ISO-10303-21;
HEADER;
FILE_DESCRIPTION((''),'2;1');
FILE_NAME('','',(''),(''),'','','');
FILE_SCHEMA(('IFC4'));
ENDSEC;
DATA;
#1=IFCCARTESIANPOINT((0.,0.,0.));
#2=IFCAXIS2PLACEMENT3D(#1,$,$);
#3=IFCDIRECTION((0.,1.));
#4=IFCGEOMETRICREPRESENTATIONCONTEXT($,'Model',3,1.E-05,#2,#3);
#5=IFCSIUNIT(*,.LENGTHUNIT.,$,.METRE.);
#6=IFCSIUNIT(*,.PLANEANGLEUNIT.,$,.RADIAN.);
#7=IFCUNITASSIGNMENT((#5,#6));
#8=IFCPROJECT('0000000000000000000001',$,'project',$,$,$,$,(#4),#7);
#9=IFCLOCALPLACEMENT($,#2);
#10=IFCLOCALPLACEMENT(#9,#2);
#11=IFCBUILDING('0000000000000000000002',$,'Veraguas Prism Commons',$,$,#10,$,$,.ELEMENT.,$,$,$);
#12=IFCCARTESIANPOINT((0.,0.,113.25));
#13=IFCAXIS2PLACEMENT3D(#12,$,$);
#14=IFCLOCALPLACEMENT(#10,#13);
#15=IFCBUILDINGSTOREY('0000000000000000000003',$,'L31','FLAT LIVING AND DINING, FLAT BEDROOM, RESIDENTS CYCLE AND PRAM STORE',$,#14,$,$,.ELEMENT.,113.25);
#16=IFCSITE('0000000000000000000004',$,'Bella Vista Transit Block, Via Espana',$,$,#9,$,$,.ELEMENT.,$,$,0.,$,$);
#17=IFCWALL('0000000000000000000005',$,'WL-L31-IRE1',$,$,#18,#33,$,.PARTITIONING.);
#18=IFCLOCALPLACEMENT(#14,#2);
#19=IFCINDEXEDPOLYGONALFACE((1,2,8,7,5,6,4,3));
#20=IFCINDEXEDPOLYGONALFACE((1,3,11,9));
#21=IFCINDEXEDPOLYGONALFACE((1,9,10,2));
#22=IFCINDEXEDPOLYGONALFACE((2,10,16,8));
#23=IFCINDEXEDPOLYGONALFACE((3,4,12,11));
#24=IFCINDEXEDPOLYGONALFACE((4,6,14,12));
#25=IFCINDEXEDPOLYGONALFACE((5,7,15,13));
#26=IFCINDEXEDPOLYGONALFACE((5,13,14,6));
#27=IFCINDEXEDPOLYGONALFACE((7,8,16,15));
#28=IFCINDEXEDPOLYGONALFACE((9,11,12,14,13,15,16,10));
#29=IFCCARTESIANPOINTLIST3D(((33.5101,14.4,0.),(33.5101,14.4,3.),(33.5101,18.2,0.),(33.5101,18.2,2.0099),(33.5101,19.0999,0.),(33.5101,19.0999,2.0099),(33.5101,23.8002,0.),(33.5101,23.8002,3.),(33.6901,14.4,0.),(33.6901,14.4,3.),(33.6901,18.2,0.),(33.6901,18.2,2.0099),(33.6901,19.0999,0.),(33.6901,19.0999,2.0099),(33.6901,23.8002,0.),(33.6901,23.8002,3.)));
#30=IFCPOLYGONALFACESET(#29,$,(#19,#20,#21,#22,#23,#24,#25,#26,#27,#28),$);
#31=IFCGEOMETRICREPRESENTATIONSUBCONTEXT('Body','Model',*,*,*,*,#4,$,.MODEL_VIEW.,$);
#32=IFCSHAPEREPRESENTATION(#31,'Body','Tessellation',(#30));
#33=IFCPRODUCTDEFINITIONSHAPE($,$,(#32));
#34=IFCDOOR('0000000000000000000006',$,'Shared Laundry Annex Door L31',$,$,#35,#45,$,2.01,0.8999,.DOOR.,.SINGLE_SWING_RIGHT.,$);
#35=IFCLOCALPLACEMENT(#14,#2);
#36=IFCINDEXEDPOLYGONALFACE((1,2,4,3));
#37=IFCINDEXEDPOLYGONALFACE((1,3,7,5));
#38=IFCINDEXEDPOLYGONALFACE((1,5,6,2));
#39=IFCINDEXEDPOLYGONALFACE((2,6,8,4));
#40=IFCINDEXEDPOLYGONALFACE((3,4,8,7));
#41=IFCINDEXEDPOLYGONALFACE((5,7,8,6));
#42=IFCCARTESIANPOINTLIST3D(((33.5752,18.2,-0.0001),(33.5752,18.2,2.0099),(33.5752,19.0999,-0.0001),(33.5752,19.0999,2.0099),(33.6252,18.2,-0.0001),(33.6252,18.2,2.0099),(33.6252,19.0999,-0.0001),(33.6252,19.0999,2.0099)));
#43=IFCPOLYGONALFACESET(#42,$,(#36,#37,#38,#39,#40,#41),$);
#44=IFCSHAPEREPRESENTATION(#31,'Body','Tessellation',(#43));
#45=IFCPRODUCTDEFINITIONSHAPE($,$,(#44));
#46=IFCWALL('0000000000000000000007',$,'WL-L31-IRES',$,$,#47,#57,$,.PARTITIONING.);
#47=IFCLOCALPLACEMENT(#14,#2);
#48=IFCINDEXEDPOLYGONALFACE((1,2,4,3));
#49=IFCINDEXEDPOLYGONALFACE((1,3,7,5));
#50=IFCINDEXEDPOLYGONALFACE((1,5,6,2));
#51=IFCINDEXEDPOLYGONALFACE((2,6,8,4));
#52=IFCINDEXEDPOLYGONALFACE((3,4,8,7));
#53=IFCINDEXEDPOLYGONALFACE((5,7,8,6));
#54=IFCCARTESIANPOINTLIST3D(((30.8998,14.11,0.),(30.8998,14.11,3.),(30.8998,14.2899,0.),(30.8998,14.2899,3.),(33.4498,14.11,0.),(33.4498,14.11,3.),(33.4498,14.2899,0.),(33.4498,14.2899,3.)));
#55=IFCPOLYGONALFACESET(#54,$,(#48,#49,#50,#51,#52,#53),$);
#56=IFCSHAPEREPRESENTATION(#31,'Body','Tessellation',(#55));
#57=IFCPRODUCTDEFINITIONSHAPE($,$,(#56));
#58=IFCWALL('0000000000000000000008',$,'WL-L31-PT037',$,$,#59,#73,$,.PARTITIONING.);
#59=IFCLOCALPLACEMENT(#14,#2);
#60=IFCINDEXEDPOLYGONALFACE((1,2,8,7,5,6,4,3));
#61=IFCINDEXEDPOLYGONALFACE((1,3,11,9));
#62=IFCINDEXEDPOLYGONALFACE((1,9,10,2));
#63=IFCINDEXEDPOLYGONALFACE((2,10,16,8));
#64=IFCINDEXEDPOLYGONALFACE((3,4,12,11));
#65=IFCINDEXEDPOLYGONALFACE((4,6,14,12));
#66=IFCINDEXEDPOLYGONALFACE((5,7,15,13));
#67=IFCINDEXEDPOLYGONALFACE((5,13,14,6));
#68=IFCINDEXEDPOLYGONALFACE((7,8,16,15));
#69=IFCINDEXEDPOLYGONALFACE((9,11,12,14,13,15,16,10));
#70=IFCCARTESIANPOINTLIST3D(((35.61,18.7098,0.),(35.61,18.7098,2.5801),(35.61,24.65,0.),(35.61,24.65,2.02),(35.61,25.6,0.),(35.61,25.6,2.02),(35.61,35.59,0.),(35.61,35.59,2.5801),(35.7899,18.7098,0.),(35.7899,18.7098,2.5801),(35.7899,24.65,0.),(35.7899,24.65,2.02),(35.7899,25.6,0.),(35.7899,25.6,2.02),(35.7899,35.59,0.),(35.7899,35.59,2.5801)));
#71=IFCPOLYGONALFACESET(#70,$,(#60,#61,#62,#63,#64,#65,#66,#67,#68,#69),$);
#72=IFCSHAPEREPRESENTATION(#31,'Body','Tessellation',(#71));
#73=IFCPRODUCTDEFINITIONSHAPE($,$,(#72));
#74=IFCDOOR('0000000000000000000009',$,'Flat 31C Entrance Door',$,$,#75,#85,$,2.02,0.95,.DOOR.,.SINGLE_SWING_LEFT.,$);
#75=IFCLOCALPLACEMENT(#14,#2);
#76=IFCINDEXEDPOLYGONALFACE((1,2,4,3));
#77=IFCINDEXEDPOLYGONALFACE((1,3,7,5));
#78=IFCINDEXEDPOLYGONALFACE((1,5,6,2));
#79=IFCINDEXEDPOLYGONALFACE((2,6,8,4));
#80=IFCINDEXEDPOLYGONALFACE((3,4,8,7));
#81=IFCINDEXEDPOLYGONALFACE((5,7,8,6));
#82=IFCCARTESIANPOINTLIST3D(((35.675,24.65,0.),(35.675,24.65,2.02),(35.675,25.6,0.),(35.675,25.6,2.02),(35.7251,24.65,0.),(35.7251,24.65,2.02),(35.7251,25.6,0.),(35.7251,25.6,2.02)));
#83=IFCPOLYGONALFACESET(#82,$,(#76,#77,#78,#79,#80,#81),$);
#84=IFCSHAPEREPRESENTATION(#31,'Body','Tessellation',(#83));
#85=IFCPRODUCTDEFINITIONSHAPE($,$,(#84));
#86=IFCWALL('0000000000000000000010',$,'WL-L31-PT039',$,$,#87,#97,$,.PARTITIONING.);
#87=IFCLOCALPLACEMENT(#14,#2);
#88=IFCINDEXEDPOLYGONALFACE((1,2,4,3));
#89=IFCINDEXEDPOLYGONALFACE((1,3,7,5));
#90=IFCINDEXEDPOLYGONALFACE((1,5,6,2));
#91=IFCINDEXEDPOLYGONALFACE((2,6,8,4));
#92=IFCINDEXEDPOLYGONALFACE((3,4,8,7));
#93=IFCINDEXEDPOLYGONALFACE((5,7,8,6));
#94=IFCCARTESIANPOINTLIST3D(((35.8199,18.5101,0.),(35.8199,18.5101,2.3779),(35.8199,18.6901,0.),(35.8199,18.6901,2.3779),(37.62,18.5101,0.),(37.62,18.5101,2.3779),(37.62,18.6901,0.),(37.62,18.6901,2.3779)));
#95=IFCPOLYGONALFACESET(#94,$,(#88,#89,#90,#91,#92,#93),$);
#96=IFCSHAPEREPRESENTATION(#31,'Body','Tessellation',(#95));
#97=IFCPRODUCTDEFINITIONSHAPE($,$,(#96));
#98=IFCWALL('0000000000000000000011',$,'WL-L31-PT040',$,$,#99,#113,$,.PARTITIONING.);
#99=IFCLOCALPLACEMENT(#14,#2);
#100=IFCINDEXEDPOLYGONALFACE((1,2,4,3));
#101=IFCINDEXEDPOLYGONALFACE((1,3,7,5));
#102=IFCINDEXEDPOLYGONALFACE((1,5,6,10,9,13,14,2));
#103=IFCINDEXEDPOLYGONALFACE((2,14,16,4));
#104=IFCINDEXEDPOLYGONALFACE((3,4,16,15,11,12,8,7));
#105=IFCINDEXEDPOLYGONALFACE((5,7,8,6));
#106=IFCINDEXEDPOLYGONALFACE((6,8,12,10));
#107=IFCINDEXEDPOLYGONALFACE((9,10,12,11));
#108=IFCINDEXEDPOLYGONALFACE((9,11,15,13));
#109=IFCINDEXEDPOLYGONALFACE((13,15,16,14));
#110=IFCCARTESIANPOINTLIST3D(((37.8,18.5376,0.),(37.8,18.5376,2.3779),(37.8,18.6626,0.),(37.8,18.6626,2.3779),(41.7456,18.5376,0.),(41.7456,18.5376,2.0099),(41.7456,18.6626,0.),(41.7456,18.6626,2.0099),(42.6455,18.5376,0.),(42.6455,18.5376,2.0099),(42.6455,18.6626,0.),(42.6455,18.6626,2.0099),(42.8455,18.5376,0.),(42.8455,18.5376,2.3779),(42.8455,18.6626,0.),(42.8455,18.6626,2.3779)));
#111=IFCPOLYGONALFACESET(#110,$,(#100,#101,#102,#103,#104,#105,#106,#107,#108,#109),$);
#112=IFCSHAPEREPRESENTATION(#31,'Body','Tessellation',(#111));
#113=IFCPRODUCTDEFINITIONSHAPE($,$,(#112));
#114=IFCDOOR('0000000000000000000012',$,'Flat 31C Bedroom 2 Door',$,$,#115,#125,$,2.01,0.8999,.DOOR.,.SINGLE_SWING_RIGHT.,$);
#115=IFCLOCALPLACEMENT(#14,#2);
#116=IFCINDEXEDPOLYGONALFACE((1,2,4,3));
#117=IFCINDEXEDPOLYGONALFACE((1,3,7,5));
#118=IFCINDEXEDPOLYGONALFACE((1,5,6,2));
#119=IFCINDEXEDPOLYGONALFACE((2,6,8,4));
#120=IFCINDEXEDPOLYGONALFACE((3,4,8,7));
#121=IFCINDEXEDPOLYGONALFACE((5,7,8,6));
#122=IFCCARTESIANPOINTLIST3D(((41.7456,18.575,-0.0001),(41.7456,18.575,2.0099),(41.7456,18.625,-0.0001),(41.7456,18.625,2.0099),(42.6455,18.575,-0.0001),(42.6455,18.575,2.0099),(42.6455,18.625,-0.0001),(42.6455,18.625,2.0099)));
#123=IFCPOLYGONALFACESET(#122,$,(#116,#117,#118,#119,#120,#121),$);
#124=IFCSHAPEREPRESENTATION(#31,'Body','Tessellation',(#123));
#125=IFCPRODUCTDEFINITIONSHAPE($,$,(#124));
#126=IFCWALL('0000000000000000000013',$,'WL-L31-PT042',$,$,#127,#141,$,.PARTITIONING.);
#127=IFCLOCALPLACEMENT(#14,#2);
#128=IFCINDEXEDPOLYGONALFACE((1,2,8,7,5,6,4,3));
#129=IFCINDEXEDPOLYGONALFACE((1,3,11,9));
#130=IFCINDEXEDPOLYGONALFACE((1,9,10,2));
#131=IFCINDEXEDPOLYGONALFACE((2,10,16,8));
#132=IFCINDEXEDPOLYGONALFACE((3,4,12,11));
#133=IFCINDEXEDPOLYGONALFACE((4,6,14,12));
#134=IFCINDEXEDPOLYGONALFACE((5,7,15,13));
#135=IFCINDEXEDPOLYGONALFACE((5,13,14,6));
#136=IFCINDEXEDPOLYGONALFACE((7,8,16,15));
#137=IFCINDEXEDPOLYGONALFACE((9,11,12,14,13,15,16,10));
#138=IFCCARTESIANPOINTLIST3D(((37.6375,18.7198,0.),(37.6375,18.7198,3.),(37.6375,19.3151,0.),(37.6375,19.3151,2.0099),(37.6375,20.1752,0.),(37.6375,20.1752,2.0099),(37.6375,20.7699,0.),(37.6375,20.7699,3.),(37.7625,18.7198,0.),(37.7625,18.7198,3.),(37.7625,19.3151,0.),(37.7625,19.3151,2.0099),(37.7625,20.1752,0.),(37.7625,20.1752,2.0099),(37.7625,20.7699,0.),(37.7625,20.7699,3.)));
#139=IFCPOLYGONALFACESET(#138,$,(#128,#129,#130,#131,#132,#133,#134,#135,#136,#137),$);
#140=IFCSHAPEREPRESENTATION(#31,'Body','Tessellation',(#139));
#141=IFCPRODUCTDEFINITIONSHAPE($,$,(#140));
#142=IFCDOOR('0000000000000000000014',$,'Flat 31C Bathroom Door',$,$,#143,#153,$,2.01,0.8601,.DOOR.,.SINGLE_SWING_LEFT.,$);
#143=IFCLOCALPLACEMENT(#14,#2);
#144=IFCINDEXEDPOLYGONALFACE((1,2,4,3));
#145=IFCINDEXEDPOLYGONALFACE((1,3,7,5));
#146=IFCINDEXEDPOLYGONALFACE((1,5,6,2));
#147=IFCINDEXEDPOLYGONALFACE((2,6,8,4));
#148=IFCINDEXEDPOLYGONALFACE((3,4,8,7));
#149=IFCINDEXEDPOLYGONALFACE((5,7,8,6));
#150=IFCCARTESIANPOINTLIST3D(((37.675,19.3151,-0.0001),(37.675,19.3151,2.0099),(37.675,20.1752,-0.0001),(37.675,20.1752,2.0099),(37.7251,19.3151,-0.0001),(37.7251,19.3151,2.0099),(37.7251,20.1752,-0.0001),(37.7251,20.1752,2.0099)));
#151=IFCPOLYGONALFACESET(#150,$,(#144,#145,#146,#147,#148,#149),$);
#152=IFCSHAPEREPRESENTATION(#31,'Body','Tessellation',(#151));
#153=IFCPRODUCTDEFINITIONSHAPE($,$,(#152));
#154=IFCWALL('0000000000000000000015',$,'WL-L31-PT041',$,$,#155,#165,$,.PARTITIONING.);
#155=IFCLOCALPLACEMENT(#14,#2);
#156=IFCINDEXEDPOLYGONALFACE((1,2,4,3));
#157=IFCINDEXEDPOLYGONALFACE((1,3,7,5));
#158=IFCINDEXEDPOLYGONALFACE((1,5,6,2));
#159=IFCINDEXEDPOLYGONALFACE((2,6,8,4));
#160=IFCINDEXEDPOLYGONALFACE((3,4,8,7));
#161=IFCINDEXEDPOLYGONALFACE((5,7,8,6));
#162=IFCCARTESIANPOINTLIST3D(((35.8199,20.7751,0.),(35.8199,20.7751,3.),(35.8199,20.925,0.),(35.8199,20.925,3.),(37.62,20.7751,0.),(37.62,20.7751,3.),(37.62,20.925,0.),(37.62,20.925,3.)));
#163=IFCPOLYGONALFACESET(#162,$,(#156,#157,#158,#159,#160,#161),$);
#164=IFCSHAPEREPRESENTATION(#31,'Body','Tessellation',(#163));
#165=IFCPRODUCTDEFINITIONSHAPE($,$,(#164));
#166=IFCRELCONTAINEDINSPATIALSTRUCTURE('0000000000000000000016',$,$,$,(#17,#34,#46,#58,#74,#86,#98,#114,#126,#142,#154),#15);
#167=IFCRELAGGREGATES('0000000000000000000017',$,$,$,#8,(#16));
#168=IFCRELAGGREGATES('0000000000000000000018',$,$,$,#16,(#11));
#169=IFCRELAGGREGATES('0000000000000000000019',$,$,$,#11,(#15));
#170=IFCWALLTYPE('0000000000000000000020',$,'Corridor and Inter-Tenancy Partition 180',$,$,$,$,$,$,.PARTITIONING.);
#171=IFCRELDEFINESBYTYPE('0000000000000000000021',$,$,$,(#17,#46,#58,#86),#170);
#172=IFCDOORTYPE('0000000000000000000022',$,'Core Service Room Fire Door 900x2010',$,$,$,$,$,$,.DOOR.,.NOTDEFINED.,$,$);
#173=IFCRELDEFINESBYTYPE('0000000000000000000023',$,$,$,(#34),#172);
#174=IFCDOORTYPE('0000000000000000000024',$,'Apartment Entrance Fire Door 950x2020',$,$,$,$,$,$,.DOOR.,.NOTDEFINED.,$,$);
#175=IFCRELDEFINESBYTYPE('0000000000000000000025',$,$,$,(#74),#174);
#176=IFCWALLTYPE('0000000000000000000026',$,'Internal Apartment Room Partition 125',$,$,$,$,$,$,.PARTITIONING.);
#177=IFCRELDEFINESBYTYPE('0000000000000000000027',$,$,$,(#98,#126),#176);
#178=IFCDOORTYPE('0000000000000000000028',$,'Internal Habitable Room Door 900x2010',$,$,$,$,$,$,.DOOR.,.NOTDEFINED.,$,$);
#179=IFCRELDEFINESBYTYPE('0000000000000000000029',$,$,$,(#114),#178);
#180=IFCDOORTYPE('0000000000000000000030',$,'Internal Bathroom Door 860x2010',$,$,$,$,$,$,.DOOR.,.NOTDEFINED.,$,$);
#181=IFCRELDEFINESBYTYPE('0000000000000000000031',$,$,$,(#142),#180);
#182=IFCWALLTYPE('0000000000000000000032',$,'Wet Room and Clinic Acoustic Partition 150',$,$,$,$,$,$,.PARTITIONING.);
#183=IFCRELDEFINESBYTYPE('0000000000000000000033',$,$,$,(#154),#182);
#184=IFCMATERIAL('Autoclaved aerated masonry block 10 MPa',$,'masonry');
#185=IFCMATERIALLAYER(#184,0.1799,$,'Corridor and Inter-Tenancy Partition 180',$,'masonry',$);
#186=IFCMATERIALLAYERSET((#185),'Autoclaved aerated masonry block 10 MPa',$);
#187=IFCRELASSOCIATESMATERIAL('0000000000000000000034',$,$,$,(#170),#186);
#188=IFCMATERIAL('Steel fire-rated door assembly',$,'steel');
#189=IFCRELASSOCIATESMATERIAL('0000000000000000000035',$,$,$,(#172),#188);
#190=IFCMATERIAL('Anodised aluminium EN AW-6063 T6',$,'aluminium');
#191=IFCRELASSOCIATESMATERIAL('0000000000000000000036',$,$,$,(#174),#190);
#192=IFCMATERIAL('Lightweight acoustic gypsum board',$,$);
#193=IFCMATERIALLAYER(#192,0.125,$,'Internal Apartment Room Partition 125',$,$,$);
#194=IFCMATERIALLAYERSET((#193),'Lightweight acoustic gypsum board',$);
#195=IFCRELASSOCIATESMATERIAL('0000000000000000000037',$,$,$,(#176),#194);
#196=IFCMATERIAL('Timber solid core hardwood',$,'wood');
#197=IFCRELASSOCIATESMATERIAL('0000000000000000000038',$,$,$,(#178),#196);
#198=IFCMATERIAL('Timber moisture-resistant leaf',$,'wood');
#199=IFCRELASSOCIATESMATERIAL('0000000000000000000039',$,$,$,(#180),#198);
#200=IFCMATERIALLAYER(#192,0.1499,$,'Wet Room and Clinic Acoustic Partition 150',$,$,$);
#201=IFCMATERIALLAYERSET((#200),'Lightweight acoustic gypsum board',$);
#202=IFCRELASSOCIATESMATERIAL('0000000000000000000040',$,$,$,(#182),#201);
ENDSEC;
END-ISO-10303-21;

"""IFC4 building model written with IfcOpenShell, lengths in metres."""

from ifc_helpers import new_model, si_unit, direction, frame, frame_2d, origin, place, context, subcontext, project, spatial, rectangle, extrude, source, transform, mapped, material, layer, layer_set, type_object, element, fill, save


model = new_model("IFC4")

# Units and contexts
model_context = context("Model", 3, precision=1e-05, world=origin(), true_north=direction((0.0, 1.0)))
body_context = subcontext(model_context, "Body", "Model", "MODEL_VIEW")
ifc_project = project(units=[si_unit("LENGTHUNIT", "METRE"), si_unit("PLANEANGLEUNIT", "RADIAN")], contexts=[model_context])

# Site, building, storey
site_placement = place(None, origin())
site = spatial("IfcSite", under=ifc_project, at=site_placement, Name="Bella Vista Transit Block, Via Espana", CompositionType="ELEMENT", RefElevation=0.0)
building_placement = place(site_placement, origin())
building = spatial("IfcBuilding", under=site, at=building_placement, Name="Veraguas Prism Commons", CompositionType="ELEMENT")
storey_placement = place(building_placement, frame((0.0, 0.0, 113.25)))
storey = spatial("IfcBuildingStorey", under=building, at=storey_placement, Name="L31", Description="FLAT LIVING AND DINING, FLAT BEDROOM, RESIDENTS CYCLE AND PRAM STORE", CompositionType="ELEMENT", Elevation=113.25)

# Shared definitions
ifc_material_1 = material(Name="Anodised aluminium EN AW-6063 T6", Category="aluminium")

# Wall, opening, door
ifc_material_2 = material(Name="Autoclaved aerated masonry block 10 MPa", Category="masonry")
ifc_layer_1 = layer(ifc_material_2, 0.1799, Name="Corridor and Inter-Tenancy Partition 180", Category="masonry")
ifc_layer_set_1 = layer_set([ifc_layer_1], Name="Autoclaved aerated masonry block 10 MPa")
wall_type_1 = type_object("IfcWallType", Name="Corridor and Inter-Tenancy Partition 180", PredefinedType="PARTITIONING", material=ifc_layer_set_1)
wall_1_placement = place(storey_placement, frame((33.6001, 14.3999, 0.0), z_axis=(0.0, 0.0, 1.0), x_axis=(0.0, 1.0, 0.0)))
wall_1 = element("IfcWall", 1, at=wall_1_placement, inside=storey, type_object=wall_type_1, Name="WL-L31-IRE1", PredefinedType="PARTITIONING", context=body_context, shape_type="SweptSolid", body=[
    extrude(rectangle(XDim=9.4001, YDim=0.1799, at=frame_2d((4.7002, 0.0))), origin(), (0.0, 0.0, 1.0), 3.0),
])
opening_1_placement = place(wall_1_placement, frame((3.8, 0.0, 0.0)))
opening_1 = element("IfcOpeningElement", 2, at=opening_1_placement, cuts=wall_1, PredefinedType="OPENING", context=body_context, shape_type="SweptSolid", body=[
    extrude(rectangle(XDim=0.8999, YDim=2.01, at=frame_2d((0.45, 1.0049))), frame((0.0, 0.0999, 0.0), z_axis=(0.0, -1.0, 0.0), x_axis=(1.0, 0.0, 0.0)), (0.0, 0.0, 1.0), 0.2),
])
ifc_material_3 = material(Name="Steel fire-rated door assembly", Category="steel")
door_type_1 = type_object("IfcDoorType", Name="Core Service Room Fire Door 900x2010", OperationType="NOTDEFINED", PredefinedType="DOOR", material=ifc_material_3)
shared_shape_1 = source(origin(), body_context, "Body", "SweptSolid", [
    extrude(rectangle(XDim=0.8999, YDim=2.01, at=frame_2d((0.45, 1.0049))), frame((0.0, 0.0249, 0.0), z_axis=(0.0, -1.0, 0.0), x_axis=(1.0, 0.0, 0.0)), (0.0, 0.0, 1.0), 0.05),
])
door_1_placement = place(opening_1_placement, origin())
door_1 = element("IfcDoor", 3, at=door_1_placement, inside=storey, type_object=door_type_1, Name="Shared Laundry Annex Door L31", OperationType="SINGLE_SWING_RIGHT", OverallHeight=2.01, OverallWidth=0.8999, PredefinedType="DOOR", context=body_context, shape_type="MappedRepresentation", body=[
    mapped(shared_shape_1, transform((0.0, 0.0, 0.0), scale=1.0)),
])
fill(opening_1, door_1)

# Wall
wall_2_placement = place(storey_placement, frame((30.8999, 14.2, 0.0), z_axis=(0.0, 0.0, 1.0), x_axis=(1.0, 0.0, 0.0)))
element("IfcWall", 4, at=wall_2_placement, inside=storey, type_object=wall_type_1, Name="WL-L31-IRES", PredefinedType="PARTITIONING", context=body_context, shape_type="SweptSolid", body=[
    extrude(rectangle(XDim=2.55, YDim=0.1799, at=frame_2d((1.2749, 0.0))), origin(), (0.0, 0.0, 1.0), 3.0),
])

# Wall, opening, door
wall_3_placement = place(storey_placement, frame((35.7, 18.71, 0.0), z_axis=(0.0, 0.0, 1.0), x_axis=(0.0, 1.0, 0.0)))
wall_3 = element("IfcWall", 5, at=wall_3_placement, inside=storey, type_object=wall_type_1, Name="WL-L31-PT037", PredefinedType="PARTITIONING", context=body_context, shape_type="SweptSolid", body=[
    extrude(rectangle(XDim=16.8801, YDim=0.1799, at=frame_2d((8.4399, 0.0))), origin(), (0.0, 0.0, 1.0), 2.5801),
])
opening_2_placement = place(wall_3_placement, frame((5.9399, 0.0, 0.0)))
opening_2 = element("IfcOpeningElement", 6, at=opening_2_placement, cuts=wall_3, PredefinedType="OPENING", context=body_context, shape_type="SweptSolid", body=[
    extrude(rectangle(XDim=0.95, YDim=2.02, at=frame_2d((0.4751, 1.01))), frame((0.0, 0.0999, 0.0), z_axis=(0.0, -1.0, 0.0), x_axis=(1.0, 0.0, 0.0)), (0.0, 0.0, 1.0), 0.2),
])
door_type_2 = type_object("IfcDoorType", Name="Apartment Entrance Fire Door 950x2020", OperationType="NOTDEFINED", PredefinedType="DOOR", material=ifc_material_1)
shared_shape_2 = source(origin(), body_context, "Body", "SweptSolid", [
    extrude(rectangle(XDim=0.95, YDim=2.02, at=frame_2d((0.4751, 1.01))), frame((0.0, 0.0249, 0.0), z_axis=(0.0, -1.0, 0.0), x_axis=(1.0, 0.0, 0.0)), (0.0, 0.0, 1.0), 0.05),
])
door_2_placement = place(opening_2_placement, origin())
door_2 = element("IfcDoor", 7, at=door_2_placement, inside=storey, type_object=door_type_2, Name="Flat 31C Entrance Door", OperationType="SINGLE_SWING_LEFT", OverallHeight=2.02, OverallWidth=0.95, PredefinedType="DOOR", context=body_context, shape_type="MappedRepresentation", body=[
    mapped(shared_shape_2, transform((0.0, 0.0, 0.0), scale=1.0)),
])
fill(opening_2, door_2)

# Wall
wall_4_placement = place(storey_placement, frame((35.8201, 18.6001, 0.0), z_axis=(0.0, 0.0, 1.0), x_axis=(1.0, 0.0, 0.0)))
element("IfcWall", 8, at=wall_4_placement, inside=storey, type_object=wall_type_1, Name="WL-L31-PT039", PredefinedType="PARTITIONING", context=body_context, shape_type="SweptSolid", body=[
    extrude(rectangle(XDim=1.8, YDim=0.1799, at=frame_2d((0.8999, 0.0))), origin(), (0.0, 0.0, 1.0), 2.3779),
])

# Walls, openings, doors
ifc_material_4 = material(Name="Lightweight acoustic gypsum board")
ifc_layer_2 = layer(ifc_material_4, 0.125, Name="Internal Apartment Room Partition 125")
ifc_layer_set_2 = layer_set([ifc_layer_2], Name="Lightweight acoustic gypsum board")
wall_type_2 = type_object("IfcWallType", Name="Internal Apartment Room Partition 125", PredefinedType="PARTITIONING", material=ifc_layer_set_2)
wall_5_placement = place(storey_placement, frame((37.8, 18.6001, 0.0), z_axis=(0.0, 0.0, 1.0), x_axis=(1.0, 0.0, 0.0)))
wall_5 = element("IfcWall", 9, at=wall_5_placement, inside=storey, type_object=wall_type_2, Name="WL-L31-PT040", PredefinedType="PARTITIONING", context=body_context, shape_type="SweptSolid", body=[
    extrude(rectangle(XDim=5.0454, YDim=0.125, at=frame_2d((2.5227, 0.0))), origin(), (0.0, 0.0, 1.0), 2.3779),
])
opening_3_placement = place(wall_5_placement, frame((3.9456, 0.0, 0.0)))
opening_3 = element("IfcOpeningElement", 10, at=opening_3_placement, cuts=wall_5, PredefinedType="OPENING", context=body_context, shape_type="SweptSolid", body=[
    extrude(rectangle(XDim=0.8999, YDim=2.01, at=frame_2d((0.45, 1.0049))), frame((0.0, 0.0725, 0.0), z_axis=(0.0, -1.0, 0.0), x_axis=(1.0, 0.0, 0.0)), (0.0, 0.0, 1.0), 0.145),
])
ifc_material_5 = material(Name="Timber solid core hardwood", Category="wood")
door_type_3 = type_object("IfcDoorType", Name="Internal Habitable Room Door 900x2010", OperationType="NOTDEFINED", PredefinedType="DOOR", material=ifc_material_5)
door_3_placement = place(opening_3_placement, origin())
door_3 = element("IfcDoor", 11, at=door_3_placement, inside=storey, type_object=door_type_3, Name="Flat 31C Bedroom 2 Door", OperationType="SINGLE_SWING_RIGHT", OverallHeight=2.01, OverallWidth=0.8999, PredefinedType="DOOR", context=body_context, shape_type="MappedRepresentation", body=[
    mapped(shared_shape_1, transform((0.0, 0.0, 0.0), scale=1.0)),
])
fill(opening_3, door_3)
wall_6_placement = place(storey_placement, frame((37.7, 18.72, 0.0), z_axis=(0.0, 0.0, 1.0), x_axis=(0.0, 1.0, 0.0)))
wall_6 = element("IfcWall", 12, at=wall_6_placement, inside=storey, type_object=wall_type_2, Name="WL-L31-PT042", PredefinedType="PARTITIONING", context=body_context, shape_type="SweptSolid", body=[
    extrude(rectangle(XDim=2.05, YDim=0.125, at=frame_2d((1.0249, 0.0))), origin(), (0.0, 0.0, 1.0), 3.0),
])
opening_4_placement = place(wall_6_placement, frame((0.595, 0.0, 0.0)))
opening_4 = element("IfcOpeningElement", 13, at=opening_4_placement, cuts=wall_6, PredefinedType="OPENING", context=body_context, shape_type="SweptSolid", body=[
    extrude(rectangle(XDim=0.8601, YDim=2.01, at=frame_2d((0.4302, 1.0049))), frame((0.0, 0.0725, 0.0), z_axis=(0.0, -1.0, 0.0), x_axis=(1.0, 0.0, 0.0)), (0.0, 0.0, 1.0), 0.145),
])
ifc_material_6 = material(Name="Timber moisture-resistant leaf", Category="wood")
door_type_4 = type_object("IfcDoorType", Name="Internal Bathroom Door 860x2010", OperationType="NOTDEFINED", PredefinedType="DOOR", material=ifc_material_6)
shared_shape_3 = source(origin(), body_context, "Body", "SweptSolid", [
    extrude(rectangle(XDim=0.8601, YDim=2.01, at=frame_2d((0.4302, 1.0049))), frame((0.0, 0.0249, 0.0), z_axis=(0.0, -1.0, 0.0), x_axis=(1.0, 0.0, 0.0)), (0.0, 0.0, 1.0), 0.05),
])
door_4_placement = place(opening_4_placement, origin())
door_4 = element("IfcDoor", 14, at=door_4_placement, inside=storey, type_object=door_type_4, Name="Flat 31C Bathroom Door", OperationType="SINGLE_SWING_LEFT", OverallHeight=2.01, OverallWidth=0.8601, PredefinedType="DOOR", context=body_context, shape_type="MappedRepresentation", body=[
    mapped(shared_shape_3, transform((0.0, 0.0, 0.0), scale=1.0)),
])
fill(opening_4, door_4)

# Wall
ifc_layer_3 = layer(ifc_material_4, 0.1499, Name="Wet Room and Clinic Acoustic Partition 150")
ifc_layer_set_3 = layer_set([ifc_layer_3], Name="Lightweight acoustic gypsum board")
wall_type_3 = type_object("IfcWallType", Name="Wet Room and Clinic Acoustic Partition 150", PredefinedType="PARTITIONING", material=ifc_layer_set_3)
wall_7_placement = place(storey_placement, frame((35.8201, 20.8501, 0.0), z_axis=(0.0, 0.0, 1.0), x_axis=(1.0, 0.0, 0.0)))
element("IfcWall", 15, at=wall_7_placement, inside=storey, type_object=wall_type_3, Name="WL-L31-PT041", PredefinedType="PARTITIONING", context=body_context, shape_type="SweptSolid", body=[
    extrude(rectangle(XDim=1.8, YDim=0.1499, at=frame_2d((0.8999, 0.0))), origin(), (0.0, 0.0, 1.0), 3.0),
])

save(model, "model.ifc")
